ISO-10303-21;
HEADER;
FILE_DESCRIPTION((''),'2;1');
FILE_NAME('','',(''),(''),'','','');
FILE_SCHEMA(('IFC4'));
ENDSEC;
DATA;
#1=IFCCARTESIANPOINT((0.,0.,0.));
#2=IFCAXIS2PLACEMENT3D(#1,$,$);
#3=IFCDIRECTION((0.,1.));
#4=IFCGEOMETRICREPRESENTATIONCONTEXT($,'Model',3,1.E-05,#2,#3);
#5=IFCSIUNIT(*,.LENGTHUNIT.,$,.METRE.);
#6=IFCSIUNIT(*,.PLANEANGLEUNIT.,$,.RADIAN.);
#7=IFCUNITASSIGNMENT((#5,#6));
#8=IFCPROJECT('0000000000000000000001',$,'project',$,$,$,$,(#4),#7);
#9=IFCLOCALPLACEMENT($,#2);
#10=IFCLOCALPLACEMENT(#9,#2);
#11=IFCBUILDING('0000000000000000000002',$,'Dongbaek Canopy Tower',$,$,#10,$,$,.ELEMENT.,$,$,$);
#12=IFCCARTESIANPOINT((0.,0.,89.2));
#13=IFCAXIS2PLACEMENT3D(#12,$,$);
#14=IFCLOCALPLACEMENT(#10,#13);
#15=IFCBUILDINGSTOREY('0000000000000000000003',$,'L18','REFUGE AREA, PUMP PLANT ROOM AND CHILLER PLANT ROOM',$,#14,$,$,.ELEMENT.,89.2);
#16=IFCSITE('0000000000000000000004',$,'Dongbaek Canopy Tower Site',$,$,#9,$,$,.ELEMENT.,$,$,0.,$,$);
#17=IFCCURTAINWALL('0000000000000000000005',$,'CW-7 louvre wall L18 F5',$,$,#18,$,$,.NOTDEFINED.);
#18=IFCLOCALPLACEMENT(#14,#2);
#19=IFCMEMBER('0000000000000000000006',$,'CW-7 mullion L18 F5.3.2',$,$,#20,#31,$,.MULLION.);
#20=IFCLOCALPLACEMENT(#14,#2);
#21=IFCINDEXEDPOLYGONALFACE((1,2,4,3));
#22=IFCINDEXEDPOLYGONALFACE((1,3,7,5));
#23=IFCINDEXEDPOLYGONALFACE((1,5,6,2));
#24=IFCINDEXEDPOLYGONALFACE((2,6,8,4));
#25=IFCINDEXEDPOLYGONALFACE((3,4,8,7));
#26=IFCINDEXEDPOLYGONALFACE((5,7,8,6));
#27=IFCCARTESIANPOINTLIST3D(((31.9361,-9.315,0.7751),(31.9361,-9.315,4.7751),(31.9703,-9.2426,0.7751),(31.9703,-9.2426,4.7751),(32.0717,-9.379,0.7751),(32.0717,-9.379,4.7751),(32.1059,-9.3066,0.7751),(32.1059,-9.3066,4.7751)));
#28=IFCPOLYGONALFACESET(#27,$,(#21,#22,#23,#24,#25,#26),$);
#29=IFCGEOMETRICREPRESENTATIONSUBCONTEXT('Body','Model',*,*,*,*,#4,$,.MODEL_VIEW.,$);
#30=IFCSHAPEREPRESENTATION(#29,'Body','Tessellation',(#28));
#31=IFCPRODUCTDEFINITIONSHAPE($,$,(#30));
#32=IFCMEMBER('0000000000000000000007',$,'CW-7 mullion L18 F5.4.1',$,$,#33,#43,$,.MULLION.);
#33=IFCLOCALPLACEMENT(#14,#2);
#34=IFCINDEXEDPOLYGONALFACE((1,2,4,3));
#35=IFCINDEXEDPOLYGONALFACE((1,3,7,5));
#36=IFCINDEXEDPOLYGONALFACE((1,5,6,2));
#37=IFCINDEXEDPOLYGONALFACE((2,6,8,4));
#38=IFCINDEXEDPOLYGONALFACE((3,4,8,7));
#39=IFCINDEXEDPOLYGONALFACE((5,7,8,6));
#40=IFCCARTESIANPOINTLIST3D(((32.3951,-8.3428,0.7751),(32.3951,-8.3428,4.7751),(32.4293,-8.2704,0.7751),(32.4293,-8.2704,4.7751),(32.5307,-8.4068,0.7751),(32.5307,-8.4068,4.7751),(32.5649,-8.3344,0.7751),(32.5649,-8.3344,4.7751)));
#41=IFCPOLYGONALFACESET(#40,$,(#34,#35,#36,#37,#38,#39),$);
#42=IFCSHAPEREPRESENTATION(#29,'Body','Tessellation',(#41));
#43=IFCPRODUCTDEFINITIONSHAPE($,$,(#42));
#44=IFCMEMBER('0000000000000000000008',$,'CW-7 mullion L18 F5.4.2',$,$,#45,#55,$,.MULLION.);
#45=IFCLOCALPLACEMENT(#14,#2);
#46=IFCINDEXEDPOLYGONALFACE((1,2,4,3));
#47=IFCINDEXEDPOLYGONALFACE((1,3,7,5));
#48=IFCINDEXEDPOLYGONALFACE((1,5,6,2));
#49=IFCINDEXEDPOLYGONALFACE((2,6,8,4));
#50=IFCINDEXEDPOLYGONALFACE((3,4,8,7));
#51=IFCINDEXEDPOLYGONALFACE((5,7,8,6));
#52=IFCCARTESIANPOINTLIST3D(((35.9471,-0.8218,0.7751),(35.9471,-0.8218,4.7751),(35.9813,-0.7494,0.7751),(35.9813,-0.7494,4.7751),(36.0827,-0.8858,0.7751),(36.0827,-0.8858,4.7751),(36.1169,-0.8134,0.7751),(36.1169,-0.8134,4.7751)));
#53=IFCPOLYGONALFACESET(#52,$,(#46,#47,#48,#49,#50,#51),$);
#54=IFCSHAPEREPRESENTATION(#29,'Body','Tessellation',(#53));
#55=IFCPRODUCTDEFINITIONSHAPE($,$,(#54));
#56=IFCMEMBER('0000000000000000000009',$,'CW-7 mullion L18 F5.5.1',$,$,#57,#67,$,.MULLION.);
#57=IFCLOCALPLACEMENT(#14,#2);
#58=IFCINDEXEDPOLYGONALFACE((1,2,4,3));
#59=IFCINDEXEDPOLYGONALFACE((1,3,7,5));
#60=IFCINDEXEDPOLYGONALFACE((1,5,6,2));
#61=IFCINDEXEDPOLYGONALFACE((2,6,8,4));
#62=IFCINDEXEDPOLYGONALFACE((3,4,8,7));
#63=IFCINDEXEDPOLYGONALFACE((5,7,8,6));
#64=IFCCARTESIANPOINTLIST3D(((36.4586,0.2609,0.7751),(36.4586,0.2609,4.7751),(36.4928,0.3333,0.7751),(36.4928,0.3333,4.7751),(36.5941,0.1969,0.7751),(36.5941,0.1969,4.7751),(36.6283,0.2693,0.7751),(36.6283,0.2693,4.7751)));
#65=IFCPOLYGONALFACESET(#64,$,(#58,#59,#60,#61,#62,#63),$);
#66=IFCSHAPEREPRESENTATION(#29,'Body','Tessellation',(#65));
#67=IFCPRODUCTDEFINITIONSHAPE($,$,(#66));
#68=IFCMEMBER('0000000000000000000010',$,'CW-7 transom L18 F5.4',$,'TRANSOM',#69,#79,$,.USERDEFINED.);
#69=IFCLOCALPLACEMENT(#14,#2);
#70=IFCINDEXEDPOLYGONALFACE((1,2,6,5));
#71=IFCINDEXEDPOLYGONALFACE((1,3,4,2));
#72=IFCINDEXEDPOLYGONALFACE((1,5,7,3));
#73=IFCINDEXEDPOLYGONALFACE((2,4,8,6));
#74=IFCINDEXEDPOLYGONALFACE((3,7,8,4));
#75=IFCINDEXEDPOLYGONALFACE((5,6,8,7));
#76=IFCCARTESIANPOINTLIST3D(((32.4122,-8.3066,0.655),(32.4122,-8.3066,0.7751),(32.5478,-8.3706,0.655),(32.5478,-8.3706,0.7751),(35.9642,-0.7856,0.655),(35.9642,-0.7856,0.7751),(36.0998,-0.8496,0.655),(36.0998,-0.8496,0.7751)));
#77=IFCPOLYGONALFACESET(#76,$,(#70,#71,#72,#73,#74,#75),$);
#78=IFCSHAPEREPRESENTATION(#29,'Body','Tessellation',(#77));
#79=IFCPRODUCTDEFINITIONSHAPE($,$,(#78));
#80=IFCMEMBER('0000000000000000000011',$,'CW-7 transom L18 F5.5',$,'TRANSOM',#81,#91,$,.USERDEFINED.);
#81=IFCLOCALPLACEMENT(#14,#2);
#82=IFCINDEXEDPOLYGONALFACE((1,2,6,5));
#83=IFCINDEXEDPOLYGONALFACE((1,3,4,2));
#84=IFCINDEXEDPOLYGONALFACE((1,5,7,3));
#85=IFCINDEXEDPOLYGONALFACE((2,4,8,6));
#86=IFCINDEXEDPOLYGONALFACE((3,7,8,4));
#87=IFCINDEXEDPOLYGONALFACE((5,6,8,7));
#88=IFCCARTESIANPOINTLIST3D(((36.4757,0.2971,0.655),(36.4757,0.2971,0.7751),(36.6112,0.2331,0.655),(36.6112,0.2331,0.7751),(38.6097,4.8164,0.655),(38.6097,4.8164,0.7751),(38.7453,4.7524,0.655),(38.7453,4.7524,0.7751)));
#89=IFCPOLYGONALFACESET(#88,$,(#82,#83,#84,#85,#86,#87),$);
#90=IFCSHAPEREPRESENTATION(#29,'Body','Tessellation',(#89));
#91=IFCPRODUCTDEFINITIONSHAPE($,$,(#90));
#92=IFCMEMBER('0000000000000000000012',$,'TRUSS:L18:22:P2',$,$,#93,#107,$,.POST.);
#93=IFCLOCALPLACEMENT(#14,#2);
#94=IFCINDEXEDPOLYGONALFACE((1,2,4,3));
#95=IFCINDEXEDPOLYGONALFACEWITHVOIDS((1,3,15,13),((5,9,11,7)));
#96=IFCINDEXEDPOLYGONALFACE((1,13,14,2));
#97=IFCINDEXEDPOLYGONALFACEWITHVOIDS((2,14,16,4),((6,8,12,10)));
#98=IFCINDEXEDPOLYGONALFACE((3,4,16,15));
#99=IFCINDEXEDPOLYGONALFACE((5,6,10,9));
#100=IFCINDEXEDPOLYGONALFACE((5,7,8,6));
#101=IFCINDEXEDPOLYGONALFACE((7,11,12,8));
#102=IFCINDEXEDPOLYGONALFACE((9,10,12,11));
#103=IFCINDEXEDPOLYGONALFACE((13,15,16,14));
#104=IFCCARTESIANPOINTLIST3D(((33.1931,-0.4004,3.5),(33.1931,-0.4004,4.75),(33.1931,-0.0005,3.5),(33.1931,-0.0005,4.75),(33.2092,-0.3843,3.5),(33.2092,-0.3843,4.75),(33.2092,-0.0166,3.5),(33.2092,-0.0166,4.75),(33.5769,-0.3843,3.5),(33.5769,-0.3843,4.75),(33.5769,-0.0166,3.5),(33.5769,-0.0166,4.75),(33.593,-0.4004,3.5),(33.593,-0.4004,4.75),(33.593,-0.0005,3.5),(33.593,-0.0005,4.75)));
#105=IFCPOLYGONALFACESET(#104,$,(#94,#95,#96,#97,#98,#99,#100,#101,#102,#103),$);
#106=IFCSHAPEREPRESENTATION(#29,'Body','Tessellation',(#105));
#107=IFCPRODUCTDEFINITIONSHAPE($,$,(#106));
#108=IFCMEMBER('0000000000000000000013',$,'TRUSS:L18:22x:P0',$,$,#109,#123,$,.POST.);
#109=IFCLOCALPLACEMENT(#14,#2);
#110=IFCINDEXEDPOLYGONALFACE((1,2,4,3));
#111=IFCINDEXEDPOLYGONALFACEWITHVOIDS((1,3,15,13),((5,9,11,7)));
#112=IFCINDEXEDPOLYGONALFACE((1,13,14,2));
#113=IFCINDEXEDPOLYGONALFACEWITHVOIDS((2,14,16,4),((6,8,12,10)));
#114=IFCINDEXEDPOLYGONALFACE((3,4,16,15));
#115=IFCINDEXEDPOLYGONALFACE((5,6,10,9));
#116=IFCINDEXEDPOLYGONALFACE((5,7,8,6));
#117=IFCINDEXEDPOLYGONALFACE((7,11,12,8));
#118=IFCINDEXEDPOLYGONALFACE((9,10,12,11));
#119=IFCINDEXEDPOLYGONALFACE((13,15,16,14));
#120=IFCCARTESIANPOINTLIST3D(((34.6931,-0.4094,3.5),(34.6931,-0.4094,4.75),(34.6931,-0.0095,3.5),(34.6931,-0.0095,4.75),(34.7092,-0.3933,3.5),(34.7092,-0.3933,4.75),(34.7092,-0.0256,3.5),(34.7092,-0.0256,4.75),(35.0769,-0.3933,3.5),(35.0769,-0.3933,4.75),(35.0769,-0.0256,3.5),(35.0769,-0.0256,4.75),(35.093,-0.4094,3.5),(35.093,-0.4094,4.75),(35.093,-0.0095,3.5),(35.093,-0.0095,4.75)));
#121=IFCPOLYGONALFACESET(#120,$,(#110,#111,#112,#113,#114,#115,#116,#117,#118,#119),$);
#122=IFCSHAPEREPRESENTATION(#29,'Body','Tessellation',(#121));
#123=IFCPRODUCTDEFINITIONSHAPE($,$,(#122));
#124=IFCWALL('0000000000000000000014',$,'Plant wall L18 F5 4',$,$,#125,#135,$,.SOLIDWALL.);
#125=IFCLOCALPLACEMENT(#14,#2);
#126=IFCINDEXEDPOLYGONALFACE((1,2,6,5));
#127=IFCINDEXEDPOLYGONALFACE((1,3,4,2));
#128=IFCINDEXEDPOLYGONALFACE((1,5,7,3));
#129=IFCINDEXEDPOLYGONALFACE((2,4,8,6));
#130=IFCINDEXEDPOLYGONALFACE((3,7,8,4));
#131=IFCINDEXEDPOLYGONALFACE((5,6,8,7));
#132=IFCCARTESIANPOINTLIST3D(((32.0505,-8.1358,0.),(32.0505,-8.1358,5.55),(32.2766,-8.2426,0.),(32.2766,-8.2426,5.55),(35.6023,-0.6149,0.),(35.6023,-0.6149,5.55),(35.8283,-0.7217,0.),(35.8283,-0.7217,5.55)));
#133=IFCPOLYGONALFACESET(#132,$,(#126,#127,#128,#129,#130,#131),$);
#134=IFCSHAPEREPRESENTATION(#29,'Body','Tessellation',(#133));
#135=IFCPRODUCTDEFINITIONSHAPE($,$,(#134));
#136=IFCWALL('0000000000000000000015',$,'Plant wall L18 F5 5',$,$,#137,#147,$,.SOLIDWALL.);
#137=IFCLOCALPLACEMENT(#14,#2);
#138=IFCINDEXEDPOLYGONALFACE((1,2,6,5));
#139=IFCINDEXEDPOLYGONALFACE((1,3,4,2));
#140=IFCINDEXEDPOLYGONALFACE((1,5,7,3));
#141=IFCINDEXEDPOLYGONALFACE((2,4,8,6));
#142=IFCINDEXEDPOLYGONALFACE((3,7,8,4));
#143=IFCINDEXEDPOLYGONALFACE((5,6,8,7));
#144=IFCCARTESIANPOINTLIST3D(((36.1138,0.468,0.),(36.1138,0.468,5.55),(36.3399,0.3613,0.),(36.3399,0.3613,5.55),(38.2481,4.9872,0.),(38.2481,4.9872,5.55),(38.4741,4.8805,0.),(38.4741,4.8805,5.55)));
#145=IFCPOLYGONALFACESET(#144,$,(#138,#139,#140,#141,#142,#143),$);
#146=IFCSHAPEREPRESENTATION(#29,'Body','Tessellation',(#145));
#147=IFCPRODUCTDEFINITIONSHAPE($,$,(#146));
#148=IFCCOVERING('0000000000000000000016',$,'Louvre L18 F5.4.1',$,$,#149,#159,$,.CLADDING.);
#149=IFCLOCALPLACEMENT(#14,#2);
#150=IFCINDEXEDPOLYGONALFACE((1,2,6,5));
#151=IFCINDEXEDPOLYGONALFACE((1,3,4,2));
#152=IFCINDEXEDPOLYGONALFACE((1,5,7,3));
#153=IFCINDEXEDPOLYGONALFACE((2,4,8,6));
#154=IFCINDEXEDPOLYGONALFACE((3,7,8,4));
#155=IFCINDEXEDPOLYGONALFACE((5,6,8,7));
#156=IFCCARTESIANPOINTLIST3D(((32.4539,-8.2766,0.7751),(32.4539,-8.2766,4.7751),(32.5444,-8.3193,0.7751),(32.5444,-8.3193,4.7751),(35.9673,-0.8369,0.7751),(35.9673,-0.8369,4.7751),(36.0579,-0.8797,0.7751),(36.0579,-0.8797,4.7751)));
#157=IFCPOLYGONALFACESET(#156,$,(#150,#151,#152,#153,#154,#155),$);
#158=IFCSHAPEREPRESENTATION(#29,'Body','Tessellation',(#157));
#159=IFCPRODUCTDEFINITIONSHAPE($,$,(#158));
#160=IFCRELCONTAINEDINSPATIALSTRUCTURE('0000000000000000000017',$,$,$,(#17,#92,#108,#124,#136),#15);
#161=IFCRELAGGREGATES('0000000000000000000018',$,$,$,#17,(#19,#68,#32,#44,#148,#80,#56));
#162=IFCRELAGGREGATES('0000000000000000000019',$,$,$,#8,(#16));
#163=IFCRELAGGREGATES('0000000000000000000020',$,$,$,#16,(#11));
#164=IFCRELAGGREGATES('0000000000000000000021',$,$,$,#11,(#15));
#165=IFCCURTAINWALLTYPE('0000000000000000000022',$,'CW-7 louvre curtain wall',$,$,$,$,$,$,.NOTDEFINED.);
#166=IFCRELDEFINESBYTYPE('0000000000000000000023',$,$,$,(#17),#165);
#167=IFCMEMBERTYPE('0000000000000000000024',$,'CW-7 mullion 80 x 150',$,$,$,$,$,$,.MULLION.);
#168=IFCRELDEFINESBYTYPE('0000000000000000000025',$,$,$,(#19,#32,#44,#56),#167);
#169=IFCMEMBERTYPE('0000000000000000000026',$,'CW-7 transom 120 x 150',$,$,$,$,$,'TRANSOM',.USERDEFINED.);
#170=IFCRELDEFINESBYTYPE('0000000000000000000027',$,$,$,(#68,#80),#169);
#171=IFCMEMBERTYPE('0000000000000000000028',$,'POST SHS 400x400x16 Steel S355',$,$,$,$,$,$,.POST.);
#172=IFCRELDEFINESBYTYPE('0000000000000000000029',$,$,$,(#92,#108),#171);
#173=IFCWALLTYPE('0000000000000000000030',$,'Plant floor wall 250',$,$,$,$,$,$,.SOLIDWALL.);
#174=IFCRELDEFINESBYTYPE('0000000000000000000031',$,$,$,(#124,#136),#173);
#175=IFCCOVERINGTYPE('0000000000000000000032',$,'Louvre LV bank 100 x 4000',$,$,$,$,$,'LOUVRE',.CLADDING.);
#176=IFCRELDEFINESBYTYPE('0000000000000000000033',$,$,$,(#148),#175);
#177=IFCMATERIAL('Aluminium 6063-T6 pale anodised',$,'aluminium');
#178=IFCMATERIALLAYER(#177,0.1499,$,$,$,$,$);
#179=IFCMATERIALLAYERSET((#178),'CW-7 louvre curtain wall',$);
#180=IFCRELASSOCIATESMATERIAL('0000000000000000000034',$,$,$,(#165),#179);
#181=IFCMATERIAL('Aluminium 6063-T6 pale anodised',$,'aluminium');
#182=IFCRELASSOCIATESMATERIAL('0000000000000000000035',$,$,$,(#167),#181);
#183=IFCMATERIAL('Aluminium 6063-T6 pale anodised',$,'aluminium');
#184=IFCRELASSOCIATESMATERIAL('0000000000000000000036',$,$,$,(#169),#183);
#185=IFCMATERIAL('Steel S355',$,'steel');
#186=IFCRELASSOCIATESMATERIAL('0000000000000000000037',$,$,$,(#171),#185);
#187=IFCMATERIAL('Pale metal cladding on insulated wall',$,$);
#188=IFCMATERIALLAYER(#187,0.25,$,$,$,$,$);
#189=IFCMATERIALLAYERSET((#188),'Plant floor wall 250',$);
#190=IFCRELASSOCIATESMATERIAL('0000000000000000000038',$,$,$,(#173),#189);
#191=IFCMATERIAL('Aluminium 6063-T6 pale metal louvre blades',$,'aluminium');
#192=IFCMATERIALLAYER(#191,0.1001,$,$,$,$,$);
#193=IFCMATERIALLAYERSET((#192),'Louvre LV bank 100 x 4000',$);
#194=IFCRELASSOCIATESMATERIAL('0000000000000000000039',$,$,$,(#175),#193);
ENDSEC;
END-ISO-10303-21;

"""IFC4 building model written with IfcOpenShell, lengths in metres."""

from ifc_helpers import new_model, si_unit, direction, frame, frame_2d, origin, origin_2d, place, context, subcontext, project, spatial, rectangle, hollow_rectangle, extrude, material, layer, layer_set, material_profile, profile_set, type_object, element, aggregate, save


model = new_model("IFC4")

# Units and contexts
model_context = context("Model", 3, precision=1e-05, world=origin(), true_north=direction((0.0, 1.0)))
body_context = subcontext(model_context, "Body", "Model", "MODEL_VIEW")
ifc_project = project(units=[si_unit("LENGTHUNIT", "METRE"), si_unit("PLANEANGLEUNIT", "RADIAN")], contexts=[model_context])

# Site, building, storey
site_placement = place(None, origin())
site = spatial("IfcSite", under=ifc_project, at=site_placement, Name="Dongbaek Canopy Tower Site", CompositionType="ELEMENT", RefElevation=0.0)
building_placement = place(site_placement, origin())
building = spatial("IfcBuilding", under=site, at=building_placement, Name="Dongbaek Canopy Tower", CompositionType="ELEMENT")
storey_placement = place(building_placement, frame((0.0, 0.0, 89.2)))
storey = spatial("IfcBuildingStorey", under=building, at=storey_placement, Name="L18", Description="REFUGE AREA, PUMP PLANT ROOM AND CHILLER PLANT ROOM", CompositionType="ELEMENT", Elevation=89.2)

# Curtain wall, members
ifc_material_1 = material(Name="Aluminium 6063-T6 pale anodised", Category="aluminium")
ifc_layer_1 = layer(ifc_material_1, 0.1499)
ifc_layer_set_1 = layer_set([ifc_layer_1], Name="CW-7 louvre curtain wall")
curtain_wall_type = type_object("IfcCurtainWallType", Name="CW-7 louvre curtain wall", PredefinedType="NOTDEFINED", material=ifc_layer_set_1)
curtain_wall_placement = place(storey_placement, origin())
curtain_wall = element("IfcCurtainWall", 1, at=curtain_wall_placement, inside=storey, type_object=curtain_wall_type, Name="CW-7 louvre wall L18 F5", PredefinedType="NOTDEFINED")
ifc_material_2 = material(Name="Aluminium 6063-T6 pale anodised", Category="aluminium")
ifc_material_profile_1 = material_profile(ifc_material_2, rectangle(XDim=0.1499, YDim=0.0801, at=origin_2d()), Name="CW-7 mullion 80 x 150")
ifc_profile_set_1 = profile_set([ifc_material_profile_1], Name="Aluminium 6063-T6 pale anodised")
member_type_1 = type_object("IfcMemberType", Name="CW-7 mullion 80 x 150", PredefinedType="MULLION", material=ifc_profile_set_1)
member_1_placement = place(storey_placement, frame((32.021, -9.3108, 0.7751), z_axis=(0.0, 0.0, 1.0), x_axis=(0.904233, -0.427039, 0.0)))
member_1 = element("IfcMember", 2, at=member_1_placement, type_object=member_type_1, Name="CW-7 mullion L18 F5.3.2", PredefinedType="MULLION", context=body_context, shape_type="SweptSolid", body=[
    extrude(rectangle(XDim=0.1499, YDim=0.0801, at=origin_2d()), origin(), (0.0, 0.0, 1.0), 4.0),
])
member_2_placement = place(storey_placement, frame((32.48, -8.3386, 0.7751), z_axis=(0.0, 0.0, 1.0), x_axis=(0.904233, -0.427039, 0.0)))
member_2 = element("IfcMember", 3, at=member_2_placement, type_object=member_type_1, Name="CW-7 mullion L18 F5.4.1", PredefinedType="MULLION", context=body_context, shape_type="SweptSolid", body=[
    extrude(rectangle(XDim=0.1499, YDim=0.0801, at=origin_2d()), origin(), (0.0, 0.0, 1.0), 4.0),
])
member_3_placement = place(storey_placement, frame((36.032, -0.8176, 0.7751), z_axis=(0.0, 0.0, 1.0), x_axis=(0.904233, -0.427039, 0.0)))
member_3 = element("IfcMember", 4, at=member_3_placement, type_object=member_type_1, Name="CW-7 mullion L18 F5.4.2", PredefinedType="MULLION", context=body_context, shape_type="SweptSolid", body=[
    extrude(rectangle(XDim=0.1499, YDim=0.0801, at=origin_2d()), origin(), (0.0, 0.0, 1.0), 4.0),
])
member_4_placement = place(storey_placement, frame((36.5435, 0.2651, 0.7751), z_axis=(0.0, 0.0, 1.0), x_axis=(0.904233, -0.427039, 0.0)))
member_4 = element("IfcMember", 5, at=member_4_placement, type_object=member_type_1, Name="CW-7 mullion L18 F5.5.1", PredefinedType="MULLION", context=body_context, shape_type="SweptSolid", body=[
    extrude(rectangle(XDim=0.1499, YDim=0.0801, at=origin_2d()), origin(), (0.0, 0.0, 1.0), 4.0),
])
ifc_material_3 = material(Name="Aluminium 6063-T6 pale anodised", Category="aluminium")
ifc_material_profile_2 = material_profile(ifc_material_3, rectangle(XDim=0.1499, YDim=0.1201, at=origin_2d()), Name="CW-7 transom 120 x 150")
ifc_profile_set_2 = profile_set([ifc_material_profile_2], Name="Aluminium 6063-T6 pale anodised")
member_type_2 = type_object("IfcMemberType", Name="CW-7 transom 120 x 150", ElementType="TRANSOM", PredefinedType="USERDEFINED", material=ifc_profile_set_2)
member_5_placement = place(storey_placement, frame((32.48, -8.3386, 0.7151), z_axis=(0.427048, 0.904229, 0.0), x_axis=(-0.904229, 0.427048, 0.0)))
member_5 = element("IfcMember", 6, at=member_5_placement, type_object=member_type_2, Name="CW-7 transom L18 F5.4", ObjectType="TRANSOM", PredefinedType="USERDEFINED", context=body_context, shape_type="SweptSolid", body=[
    extrude(rectangle(XDim=0.1499, YDim=0.1201, at=origin_2d()), origin(), (0.0, 0.0, 1.0), 8.3176),
])
member_6_placement = place(storey_placement, frame((36.5435, 0.2651, 0.7151), z_axis=(0.426994, 0.904254, 0.0), x_axis=(-0.904254, 0.426994, 0.0)))
member_6 = element("IfcMember", 7, at=member_6_placement, type_object=member_type_2, Name="CW-7 transom L18 F5.5", ObjectType="TRANSOM", PredefinedType="USERDEFINED", context=body_context, shape_type="SweptSolid", body=[
    extrude(rectangle(XDim=0.1499, YDim=0.1201, at=origin_2d()), origin(), (0.0, 0.0, 1.0), 4.9978),
])

# Members
ifc_material_4 = material(Name="Steel S355", Category="steel")
ifc_material_profile_3 = material_profile(ifc_material_4, hollow_rectangle(XDim=0.3999, YDim=0.3999, WallThickness=0.0161, at=origin_2d()), Name="POST SHS 400x400x16 Steel S355")
ifc_profile_set_3 = profile_set([ifc_material_profile_3], Name="Steel S355")
member_type_3 = type_object("IfcMemberType", Name="POST SHS 400x400x16 Steel S355", PredefinedType="POST", material=ifc_profile_set_3)
for number, where, z_axis, x_axis, name in (
    (8, (33.3931, -0.2004, 3.5), (0.0, 0.0, 1.0), (1.0, 0.0, 0.0), "TRUSS:L18:22:P2"),
    (9, (34.8931, -0.2095, 3.5), (0.0, 0.0, 1.0), (1.0, 0.0, 0.0), "TRUSS:L18:22x:P0"),
):
    element("IfcMember", number, at=place(storey_placement, frame(where, z_axis=z_axis, x_axis=x_axis)), inside=storey, type_object=member_type_3, Name=name, PredefinedType="POST", context=body_context, shape_type="SweptSolid", body=[
        extrude(hollow_rectangle(XDim=0.3999, YDim=0.3999, WallThickness=0.0161, at=origin_2d()), origin(), (0.0, 0.0, 1.0), 1.25),
    ])

# Walls
ifc_material_5 = material(Name="Pale metal cladding on insulated wall")
ifc_layer_2 = layer(ifc_material_5, 0.25)
ifc_layer_set_2 = layer_set([ifc_layer_2], Name="Plant floor wall 250")
wall_type = type_object("IfcWallType", Name="Plant floor wall 250", PredefinedType="SOLIDWALL", material=ifc_layer_set_2)
wall_1_placement = place(storey_placement, frame((32.1636, -8.1892, 0.0), z_axis=(0.0, 0.0, 1.0), x_axis=(0.427024, 0.90424, 0.0)))
element("IfcWall", 10, at=wall_1_placement, inside=storey, type_object=wall_type, Name="Plant wall L18 F5 4", PredefinedType="SOLIDWALL", context=body_context, shape_type="SweptSolid", body=[
    extrude(rectangle(XDim=8.3174, YDim=0.25, at=frame_2d((4.1587, 0.0))), origin(), (0.0, 0.0, 1.0), 5.55),
])
wall_2_placement = place(storey_placement, frame((36.2268, 0.4146, 0.0), z_axis=(0.0, 0.0, 1.0), x_axis=(0.427034, 0.904236, 0.0)))
element("IfcWall", 11, at=wall_2_placement, inside=storey, type_object=wall_type, Name="Plant wall L18 F5 5", PredefinedType="SOLIDWALL", context=body_context, shape_type="SweptSolid", body=[
    extrude(rectangle(XDim=4.9978, YDim=0.25, at=frame_2d((2.499, 0.0))), origin(), (0.0, 0.0, 1.0), 5.55),
])

# Covering
ifc_material_6 = material(Name="Aluminium 6063-T6 pale metal louvre blades", Category="aluminium")
ifc_layer_3 = layer(ifc_material_6, 0.1001)
ifc_layer_set_3 = layer_set([ifc_layer_3], Name="Louvre LV bank 100 x 4000")
covering_type = type_object("IfcCoveringType", Name="Louvre LV bank 100 x 4000", ElementType="LOUVRE", PredefinedType="CLADDING", material=ifc_layer_set_3)
covering_placement = place(storey_placement, frame((34.2559, -4.5781, 0.7751), z_axis=(0.0, 0.0, 1.0), x_axis=(0.427039, 0.904233, 0.0)))
covering = element("IfcCovering", 12, at=covering_placement, type_object=covering_type, Name="Louvre L18 F5.4.1", PredefinedType="CLADDING", context=body_context, shape_type="SweptSolid", body=[
    extrude(rectangle(XDim=8.2275, YDim=0.1001, at=origin_2d()), origin(), (0.0, 0.0, 1.0), 4.0),
])

aggregate(curtain_wall, [member_1, member_5, member_2, member_3, covering, member_6, member_4])

save(model, "model.ifc")
